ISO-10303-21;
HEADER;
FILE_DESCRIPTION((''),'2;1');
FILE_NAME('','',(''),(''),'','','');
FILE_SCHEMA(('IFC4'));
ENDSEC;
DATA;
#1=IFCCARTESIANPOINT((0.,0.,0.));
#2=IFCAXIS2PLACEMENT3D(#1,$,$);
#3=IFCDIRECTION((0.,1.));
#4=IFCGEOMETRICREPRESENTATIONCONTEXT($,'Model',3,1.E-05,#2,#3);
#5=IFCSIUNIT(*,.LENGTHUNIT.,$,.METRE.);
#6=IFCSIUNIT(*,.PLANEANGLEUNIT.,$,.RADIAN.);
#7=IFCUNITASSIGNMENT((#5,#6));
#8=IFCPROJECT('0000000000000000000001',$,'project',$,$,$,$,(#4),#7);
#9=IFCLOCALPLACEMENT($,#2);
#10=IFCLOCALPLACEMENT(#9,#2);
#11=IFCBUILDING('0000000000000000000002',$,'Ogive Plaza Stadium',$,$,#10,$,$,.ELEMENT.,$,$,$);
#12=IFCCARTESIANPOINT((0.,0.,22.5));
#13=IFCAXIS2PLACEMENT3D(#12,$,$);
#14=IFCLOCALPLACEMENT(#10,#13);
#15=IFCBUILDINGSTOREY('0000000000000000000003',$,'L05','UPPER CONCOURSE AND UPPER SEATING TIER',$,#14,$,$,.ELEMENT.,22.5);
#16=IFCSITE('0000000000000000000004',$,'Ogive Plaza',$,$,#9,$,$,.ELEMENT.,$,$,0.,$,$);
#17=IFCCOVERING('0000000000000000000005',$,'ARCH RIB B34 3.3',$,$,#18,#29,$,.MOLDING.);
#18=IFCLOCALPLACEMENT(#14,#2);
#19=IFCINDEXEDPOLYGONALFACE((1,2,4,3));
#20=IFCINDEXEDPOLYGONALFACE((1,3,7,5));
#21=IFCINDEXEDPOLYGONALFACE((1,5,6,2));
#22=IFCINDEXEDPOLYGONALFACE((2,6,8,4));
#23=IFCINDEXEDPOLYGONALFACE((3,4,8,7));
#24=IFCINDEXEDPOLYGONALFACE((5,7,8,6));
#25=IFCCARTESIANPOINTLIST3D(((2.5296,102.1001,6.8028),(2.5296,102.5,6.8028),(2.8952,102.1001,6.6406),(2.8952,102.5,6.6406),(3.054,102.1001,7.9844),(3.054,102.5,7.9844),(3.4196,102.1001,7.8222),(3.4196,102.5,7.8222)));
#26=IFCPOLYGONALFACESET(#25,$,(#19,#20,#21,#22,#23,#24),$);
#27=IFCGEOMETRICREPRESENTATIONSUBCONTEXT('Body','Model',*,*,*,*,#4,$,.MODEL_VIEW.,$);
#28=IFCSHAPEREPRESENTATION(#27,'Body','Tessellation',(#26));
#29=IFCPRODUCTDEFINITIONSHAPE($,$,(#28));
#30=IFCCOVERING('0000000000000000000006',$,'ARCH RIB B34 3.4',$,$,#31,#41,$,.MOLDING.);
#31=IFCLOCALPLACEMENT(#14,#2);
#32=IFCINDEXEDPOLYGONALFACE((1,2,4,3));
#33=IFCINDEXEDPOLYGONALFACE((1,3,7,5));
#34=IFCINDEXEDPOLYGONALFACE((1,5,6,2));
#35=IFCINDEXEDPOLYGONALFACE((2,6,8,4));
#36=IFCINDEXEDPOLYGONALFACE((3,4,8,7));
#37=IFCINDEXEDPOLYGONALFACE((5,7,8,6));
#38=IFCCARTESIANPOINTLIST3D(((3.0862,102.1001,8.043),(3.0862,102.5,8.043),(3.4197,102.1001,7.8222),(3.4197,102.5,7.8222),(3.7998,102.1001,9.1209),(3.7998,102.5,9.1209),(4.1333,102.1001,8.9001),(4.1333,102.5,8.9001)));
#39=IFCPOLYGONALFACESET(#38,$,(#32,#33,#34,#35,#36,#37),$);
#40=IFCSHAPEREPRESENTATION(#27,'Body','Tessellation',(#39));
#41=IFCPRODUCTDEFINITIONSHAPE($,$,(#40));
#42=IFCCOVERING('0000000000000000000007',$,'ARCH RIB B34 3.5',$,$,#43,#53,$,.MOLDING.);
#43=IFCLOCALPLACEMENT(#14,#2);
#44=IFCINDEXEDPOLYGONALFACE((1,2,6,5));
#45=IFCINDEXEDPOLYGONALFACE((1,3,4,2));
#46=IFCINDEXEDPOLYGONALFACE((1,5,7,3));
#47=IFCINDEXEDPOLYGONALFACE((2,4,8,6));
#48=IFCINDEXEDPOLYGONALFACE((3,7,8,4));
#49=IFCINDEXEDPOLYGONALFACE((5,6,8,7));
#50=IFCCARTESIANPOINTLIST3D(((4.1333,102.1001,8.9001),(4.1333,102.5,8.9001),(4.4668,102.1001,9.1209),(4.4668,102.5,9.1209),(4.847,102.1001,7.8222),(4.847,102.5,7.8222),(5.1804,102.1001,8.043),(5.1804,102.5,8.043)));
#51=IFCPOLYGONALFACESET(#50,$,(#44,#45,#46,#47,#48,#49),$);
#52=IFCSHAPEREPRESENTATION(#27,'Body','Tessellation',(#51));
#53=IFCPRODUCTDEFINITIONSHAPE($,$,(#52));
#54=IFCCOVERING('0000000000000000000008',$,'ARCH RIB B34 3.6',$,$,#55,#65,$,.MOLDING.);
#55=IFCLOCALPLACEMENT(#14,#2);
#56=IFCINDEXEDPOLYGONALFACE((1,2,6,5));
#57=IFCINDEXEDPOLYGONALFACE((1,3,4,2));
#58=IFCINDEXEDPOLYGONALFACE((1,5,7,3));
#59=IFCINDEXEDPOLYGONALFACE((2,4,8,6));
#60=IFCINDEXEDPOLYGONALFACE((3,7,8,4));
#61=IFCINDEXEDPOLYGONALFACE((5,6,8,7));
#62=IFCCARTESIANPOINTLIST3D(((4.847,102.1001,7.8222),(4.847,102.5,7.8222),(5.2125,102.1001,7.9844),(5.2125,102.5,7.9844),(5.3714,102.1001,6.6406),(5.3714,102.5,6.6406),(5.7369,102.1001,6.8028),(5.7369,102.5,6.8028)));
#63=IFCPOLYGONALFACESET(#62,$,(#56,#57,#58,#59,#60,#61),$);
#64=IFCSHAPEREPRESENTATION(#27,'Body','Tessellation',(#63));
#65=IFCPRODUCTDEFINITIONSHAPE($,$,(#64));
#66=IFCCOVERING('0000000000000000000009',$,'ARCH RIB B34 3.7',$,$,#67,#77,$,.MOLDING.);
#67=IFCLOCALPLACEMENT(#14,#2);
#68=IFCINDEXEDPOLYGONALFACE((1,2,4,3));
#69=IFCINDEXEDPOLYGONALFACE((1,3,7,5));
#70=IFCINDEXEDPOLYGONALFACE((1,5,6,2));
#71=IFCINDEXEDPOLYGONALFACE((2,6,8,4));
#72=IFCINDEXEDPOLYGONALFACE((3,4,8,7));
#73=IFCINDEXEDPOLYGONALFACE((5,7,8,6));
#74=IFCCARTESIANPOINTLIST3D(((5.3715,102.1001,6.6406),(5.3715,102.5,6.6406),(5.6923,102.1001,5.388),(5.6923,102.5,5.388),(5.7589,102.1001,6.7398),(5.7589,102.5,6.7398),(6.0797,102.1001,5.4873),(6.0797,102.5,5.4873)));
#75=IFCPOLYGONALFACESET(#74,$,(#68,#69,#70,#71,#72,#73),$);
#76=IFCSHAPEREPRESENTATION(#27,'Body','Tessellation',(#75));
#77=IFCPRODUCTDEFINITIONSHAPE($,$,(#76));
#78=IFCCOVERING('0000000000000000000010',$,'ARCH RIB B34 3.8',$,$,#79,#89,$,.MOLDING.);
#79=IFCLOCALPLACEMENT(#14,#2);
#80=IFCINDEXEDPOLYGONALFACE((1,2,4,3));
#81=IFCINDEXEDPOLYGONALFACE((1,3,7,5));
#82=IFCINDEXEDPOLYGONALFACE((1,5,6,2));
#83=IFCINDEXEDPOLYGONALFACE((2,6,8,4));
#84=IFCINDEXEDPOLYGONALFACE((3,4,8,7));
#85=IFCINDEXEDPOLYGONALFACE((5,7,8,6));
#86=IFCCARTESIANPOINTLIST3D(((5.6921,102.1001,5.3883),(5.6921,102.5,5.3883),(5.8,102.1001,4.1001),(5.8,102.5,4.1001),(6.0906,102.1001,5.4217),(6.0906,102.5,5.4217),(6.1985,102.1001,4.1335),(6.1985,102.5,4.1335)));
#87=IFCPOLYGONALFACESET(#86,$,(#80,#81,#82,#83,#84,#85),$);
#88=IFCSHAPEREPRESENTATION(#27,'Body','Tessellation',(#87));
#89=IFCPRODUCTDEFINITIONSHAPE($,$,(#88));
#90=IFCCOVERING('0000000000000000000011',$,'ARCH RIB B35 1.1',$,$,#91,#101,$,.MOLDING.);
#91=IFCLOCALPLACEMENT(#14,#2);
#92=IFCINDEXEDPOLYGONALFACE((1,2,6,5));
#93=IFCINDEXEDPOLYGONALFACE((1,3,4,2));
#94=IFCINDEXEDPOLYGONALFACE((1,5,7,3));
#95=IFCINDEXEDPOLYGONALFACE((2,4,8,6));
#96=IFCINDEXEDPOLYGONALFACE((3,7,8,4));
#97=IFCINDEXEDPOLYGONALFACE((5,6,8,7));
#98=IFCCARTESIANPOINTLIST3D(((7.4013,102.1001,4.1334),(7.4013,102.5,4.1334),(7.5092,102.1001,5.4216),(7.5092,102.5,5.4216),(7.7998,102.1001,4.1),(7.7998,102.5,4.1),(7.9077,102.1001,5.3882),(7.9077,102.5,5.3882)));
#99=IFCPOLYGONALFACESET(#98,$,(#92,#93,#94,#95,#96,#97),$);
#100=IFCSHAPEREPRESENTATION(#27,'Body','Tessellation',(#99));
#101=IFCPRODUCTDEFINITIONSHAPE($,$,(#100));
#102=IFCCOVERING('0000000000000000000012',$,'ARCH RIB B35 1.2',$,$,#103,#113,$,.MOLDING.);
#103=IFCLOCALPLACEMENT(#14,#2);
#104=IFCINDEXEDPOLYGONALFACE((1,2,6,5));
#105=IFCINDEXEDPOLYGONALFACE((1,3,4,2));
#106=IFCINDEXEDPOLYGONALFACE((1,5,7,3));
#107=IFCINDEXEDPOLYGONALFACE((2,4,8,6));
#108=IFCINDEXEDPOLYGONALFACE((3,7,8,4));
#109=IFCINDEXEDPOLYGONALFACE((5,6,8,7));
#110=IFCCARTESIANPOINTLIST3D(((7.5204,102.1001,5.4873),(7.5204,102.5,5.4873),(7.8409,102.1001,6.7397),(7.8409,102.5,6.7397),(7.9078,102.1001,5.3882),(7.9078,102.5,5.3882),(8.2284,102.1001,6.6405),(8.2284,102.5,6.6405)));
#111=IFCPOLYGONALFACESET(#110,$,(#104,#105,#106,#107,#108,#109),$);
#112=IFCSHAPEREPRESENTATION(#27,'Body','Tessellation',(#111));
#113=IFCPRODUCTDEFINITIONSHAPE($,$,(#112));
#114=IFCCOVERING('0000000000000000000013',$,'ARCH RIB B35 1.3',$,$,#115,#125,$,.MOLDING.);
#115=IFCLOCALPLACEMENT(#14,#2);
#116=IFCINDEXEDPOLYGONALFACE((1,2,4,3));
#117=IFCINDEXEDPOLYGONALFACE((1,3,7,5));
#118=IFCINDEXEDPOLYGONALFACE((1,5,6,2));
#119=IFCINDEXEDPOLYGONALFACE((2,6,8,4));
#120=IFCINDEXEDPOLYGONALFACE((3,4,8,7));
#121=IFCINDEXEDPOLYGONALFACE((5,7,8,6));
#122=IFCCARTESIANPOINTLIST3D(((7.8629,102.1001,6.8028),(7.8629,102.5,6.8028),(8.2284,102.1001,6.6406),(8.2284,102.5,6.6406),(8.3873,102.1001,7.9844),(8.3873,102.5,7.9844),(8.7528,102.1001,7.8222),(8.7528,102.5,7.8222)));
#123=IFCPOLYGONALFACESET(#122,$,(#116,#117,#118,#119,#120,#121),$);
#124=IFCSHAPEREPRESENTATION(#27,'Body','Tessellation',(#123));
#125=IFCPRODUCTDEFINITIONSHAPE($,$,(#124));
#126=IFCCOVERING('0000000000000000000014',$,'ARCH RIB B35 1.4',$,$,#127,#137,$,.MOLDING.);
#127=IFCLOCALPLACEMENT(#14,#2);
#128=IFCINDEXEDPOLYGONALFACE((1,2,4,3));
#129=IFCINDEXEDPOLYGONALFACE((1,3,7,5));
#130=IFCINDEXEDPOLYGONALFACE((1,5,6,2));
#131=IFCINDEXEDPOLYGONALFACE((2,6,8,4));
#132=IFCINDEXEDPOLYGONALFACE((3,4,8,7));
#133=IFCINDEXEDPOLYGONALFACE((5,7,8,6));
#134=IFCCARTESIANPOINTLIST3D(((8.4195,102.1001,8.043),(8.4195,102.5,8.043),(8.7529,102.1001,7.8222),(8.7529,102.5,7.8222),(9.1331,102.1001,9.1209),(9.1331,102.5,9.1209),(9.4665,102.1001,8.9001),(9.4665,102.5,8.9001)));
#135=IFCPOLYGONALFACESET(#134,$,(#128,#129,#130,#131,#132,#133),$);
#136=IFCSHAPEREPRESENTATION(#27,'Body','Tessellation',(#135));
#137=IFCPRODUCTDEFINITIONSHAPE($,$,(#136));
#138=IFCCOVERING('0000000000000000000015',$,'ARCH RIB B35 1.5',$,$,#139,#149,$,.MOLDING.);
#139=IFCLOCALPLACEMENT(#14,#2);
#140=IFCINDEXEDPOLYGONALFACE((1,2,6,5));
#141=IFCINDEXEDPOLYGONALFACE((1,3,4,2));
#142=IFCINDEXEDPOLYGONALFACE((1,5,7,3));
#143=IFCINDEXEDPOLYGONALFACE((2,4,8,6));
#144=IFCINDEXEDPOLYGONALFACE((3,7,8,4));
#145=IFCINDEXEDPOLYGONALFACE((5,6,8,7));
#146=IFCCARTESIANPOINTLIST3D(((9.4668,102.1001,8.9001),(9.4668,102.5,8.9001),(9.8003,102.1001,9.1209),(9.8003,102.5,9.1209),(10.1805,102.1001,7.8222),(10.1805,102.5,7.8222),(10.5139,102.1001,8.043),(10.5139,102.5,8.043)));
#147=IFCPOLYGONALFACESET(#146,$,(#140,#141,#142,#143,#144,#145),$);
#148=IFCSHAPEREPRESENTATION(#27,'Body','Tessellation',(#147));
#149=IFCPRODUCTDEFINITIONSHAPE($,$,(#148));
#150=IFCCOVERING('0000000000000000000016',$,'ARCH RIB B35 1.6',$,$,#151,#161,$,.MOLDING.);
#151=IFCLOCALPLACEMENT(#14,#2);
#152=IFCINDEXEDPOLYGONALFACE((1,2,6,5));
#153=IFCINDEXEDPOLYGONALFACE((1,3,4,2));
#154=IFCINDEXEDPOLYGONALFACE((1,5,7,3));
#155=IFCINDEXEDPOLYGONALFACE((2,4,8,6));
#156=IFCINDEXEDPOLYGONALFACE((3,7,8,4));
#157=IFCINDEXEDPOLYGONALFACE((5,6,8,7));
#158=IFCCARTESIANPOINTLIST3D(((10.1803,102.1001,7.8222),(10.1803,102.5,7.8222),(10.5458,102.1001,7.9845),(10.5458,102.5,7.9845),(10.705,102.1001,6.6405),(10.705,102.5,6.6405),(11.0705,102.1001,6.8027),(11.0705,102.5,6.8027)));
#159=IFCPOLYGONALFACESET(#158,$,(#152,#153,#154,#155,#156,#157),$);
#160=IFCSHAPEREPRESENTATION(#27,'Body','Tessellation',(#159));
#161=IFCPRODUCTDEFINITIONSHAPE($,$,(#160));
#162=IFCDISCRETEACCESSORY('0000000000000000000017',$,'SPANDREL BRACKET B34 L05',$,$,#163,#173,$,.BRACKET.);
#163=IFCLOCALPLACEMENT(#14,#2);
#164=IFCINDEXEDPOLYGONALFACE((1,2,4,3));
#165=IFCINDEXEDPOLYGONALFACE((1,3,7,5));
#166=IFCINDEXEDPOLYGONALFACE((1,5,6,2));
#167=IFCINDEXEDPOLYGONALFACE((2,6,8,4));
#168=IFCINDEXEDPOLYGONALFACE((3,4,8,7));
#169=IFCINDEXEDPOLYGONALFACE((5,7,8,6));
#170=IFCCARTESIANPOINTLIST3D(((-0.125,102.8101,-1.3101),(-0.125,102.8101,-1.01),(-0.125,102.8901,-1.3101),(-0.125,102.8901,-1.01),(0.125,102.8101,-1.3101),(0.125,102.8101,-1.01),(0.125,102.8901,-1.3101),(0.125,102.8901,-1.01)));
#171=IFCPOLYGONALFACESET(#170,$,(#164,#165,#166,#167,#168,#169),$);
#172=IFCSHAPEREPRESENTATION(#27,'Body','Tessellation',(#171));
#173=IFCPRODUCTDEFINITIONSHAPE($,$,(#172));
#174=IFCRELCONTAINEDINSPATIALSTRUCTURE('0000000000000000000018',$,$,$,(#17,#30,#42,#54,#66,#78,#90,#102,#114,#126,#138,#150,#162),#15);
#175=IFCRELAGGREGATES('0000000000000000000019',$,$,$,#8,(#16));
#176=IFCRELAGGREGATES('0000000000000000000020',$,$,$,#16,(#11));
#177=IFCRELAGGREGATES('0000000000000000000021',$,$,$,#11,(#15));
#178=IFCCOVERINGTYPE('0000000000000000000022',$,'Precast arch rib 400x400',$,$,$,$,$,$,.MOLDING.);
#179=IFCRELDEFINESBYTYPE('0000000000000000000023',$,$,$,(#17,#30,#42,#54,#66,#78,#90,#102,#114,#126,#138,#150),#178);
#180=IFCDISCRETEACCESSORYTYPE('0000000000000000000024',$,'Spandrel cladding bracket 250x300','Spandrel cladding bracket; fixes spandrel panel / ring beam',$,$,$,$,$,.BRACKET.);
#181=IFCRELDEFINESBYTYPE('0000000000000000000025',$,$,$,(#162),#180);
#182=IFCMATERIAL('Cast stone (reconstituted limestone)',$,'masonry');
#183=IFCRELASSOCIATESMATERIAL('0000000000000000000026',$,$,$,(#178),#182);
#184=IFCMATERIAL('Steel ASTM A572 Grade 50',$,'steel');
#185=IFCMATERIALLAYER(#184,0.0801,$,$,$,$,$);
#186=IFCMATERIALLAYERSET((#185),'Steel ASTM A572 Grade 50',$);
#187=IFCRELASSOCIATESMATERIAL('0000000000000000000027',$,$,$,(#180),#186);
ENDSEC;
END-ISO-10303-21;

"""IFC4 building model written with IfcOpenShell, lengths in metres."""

from ifc_helpers import new_model, si_unit, direction, frame, origin, origin_2d, place, context, subcontext, project, spatial, rectangle, extrude, material, layer, layer_set, material_profile, profile_set, type_object, element, save


model = new_model("IFC4")

# Units and contexts
model_context = context("Model", 3, precision=1e-05, world=origin(), true_north=direction((0.0, 1.0)))
body_context = subcontext(model_context, "Body", "Model", "MODEL_VIEW")
ifc_project = project(units=[si_unit("LENGTHUNIT", "METRE"), si_unit("PLANEANGLEUNIT", "RADIAN")], contexts=[model_context])

# Site, building, storey
site_placement = place(None, origin())
site = spatial("IfcSite", under=ifc_project, at=site_placement, Name="Ogive Plaza", CompositionType="ELEMENT", RefElevation=0.0)
building_placement = place(site_placement, origin())
building = spatial("IfcBuilding", under=site, at=building_placement, Name="Ogive Plaza Stadium", CompositionType="ELEMENT")
storey_placement = place(building_placement, frame((0.0, 0.0, 22.5)))
storey = spatial("IfcBuildingStorey", under=building, at=storey_placement, Name="L05", Description="UPPER CONCOURSE AND UPPER SEATING TIER", CompositionType="ELEMENT", Elevation=22.5)

# Coverings
ifc_material_1 = material(Name="Cast stone (reconstituted limestone)", Category="masonry")
ifc_material_profile_1 = material_profile(ifc_material_1, rectangle(XDim=0.3999, YDim=0.3999, at=origin_2d()), Name="Cast stone 400x400")
ifc_profile_set_1 = profile_set([ifc_material_profile_1], Name="Cast stone (reconstituted limestone)")
covering_type = type_object("IfcCoveringType", Name="Precast arch rib 400x400", PredefinedType="MOLDING", material=ifc_profile_set_1)
for number, where, z_axis, x_axis, name in (
    (1, (2.7124, 102.3, 6.7217), (0.405648, 0.0, 0.914029), (0.0, 1.0, 0.0), "ARCH RIB B34 3.3"),
    (2, (3.2529, 102.3, 7.9326), (0.552039, 0.0, 0.833818), (0.0, 1.0, 0.0), "ARCH RIB B34 3.4"),
    (3, (4.3, 102.3, 9.0105), (0.552039, 0.0, -0.833818), (0.0, 1.0, 0.0), "ARCH RIB B34 3.5"),
    (4, (5.0298, 102.3, 7.9033), (0.405648, 0.0, -0.914029), (0.0, 1.0, 0.0), "ARCH RIB B34 3.6"),
):
    element("IfcCovering", number, at=place(storey_placement, frame(where, z_axis=z_axis, x_axis=x_axis)), inside=storey, type_object=covering_type, Name=name, PredefinedType="MOLDING", context=body_context, shape_type="SweptSolid", body=[
        extrude(rectangle(XDim=0.3999, YDim=0.3999, at=origin_2d()), origin(), (0.0, 0.0, 1.0), 1.2927),
    ])
covering_1_placement = place(storey_placement, frame((5.5652, 102.3, 6.6902), z_axis=(0.24813, 0.0, -0.968727), x_axis=(0.0, 1.0, 0.0)))
element("IfcCovering", 5, at=covering_1_placement, inside=storey, type_object=covering_type, Name="ARCH RIB B34 3.7", PredefinedType="MOLDING", context=body_context, shape_type="SweptSolid", body=[
    extrude(rectangle(XDim=0.3999, YDim=0.3999, at=origin_2d()), origin(), (0.0, 0.0, 1.0), 1.293),
])
for number, where, z_axis, x_axis, name in (
    (6, (5.8914, 102.3, 5.405), (0.083467, 0.0, -0.996511), (0.0, 1.0, 0.0), "ARCH RIB B34 3.8"),
    (7, (7.6006, 102.3, 4.1167), (0.083467, 0.0, 0.996511), (0.0, 1.0, 0.0), "ARCH RIB B35 1.1"),
    (8, (7.7141, 102.3, 5.4377), (0.247953, 0.0, 0.968772), (0.0, 1.0, 0.0), "ARCH RIB B35 1.2"),
    (9, (8.0457, 102.3, 6.7217), (0.405648, 0.0, 0.914029), (0.0, 1.0, 0.0), "ARCH RIB B35 1.3"),
    (10, (8.5862, 102.3, 7.9326), (0.552039, 0.0, 0.833818), (0.0, 1.0, 0.0), "ARCH RIB B35 1.4"),
    (11, (9.6335, 102.3, 9.0105), (0.552039, 0.0, -0.833818), (0.0, 1.0, 0.0), "ARCH RIB B35 1.5"),
):
    element("IfcCovering", number, at=place(storey_placement, frame(where, z_axis=z_axis, x_axis=x_axis)), inside=storey, type_object=covering_type, Name=name, PredefinedType="MOLDING", context=body_context, shape_type="SweptSolid", body=[
        extrude(rectangle(XDim=0.3999, YDim=0.3999, at=origin_2d()), origin(), (0.0, 0.0, 1.0), 1.2927),
    ])
covering_2_placement = place(storey_placement, frame((10.363, 102.3, 7.9033), z_axis=(0.405806, 0.0, -0.913959), x_axis=(0.0, 1.0, 0.0)))
element("IfcCovering", 12, at=covering_2_placement, inside=storey, type_object=covering_type, Name="ARCH RIB B35 1.6", PredefinedType="MOLDING", context=body_context, shape_type="SweptSolid", body=[
    extrude(rectangle(XDim=0.3999, YDim=0.3999, at=origin_2d()), origin(), (0.0, 0.0, 1.0), 1.293),
])

# Discrete accessory
ifc_material_2 = material(Name="Steel ASTM A572 Grade 50", Category="steel")
ifc_layer_1 = layer(ifc_material_2, 0.0801)
ifc_layer_set_1 = layer_set([ifc_layer_1], Name="Steel ASTM A572 Grade 50")
discrete_accessory_type = type_object("IfcDiscreteAccessoryType", Name="Spandrel cladding bracket 250x300", Description="Spandrel cladding bracket; fixes spandrel panel / ring beam", PredefinedType="BRACKET", material=ifc_layer_set_1)
discrete_accessory_placement = place(storey_placement, frame((0.0, 102.8501, -1.3101), z_axis=(0.0, 0.0, 1.0), x_axis=(1.0, 0.0, 0.0)))
element("IfcDiscreteAccessory", 13, at=discrete_accessory_placement, inside=storey, type_object=discrete_accessory_type, Name="SPANDREL BRACKET B34 L05", PredefinedType="BRACKET", context=body_context, shape_type="SweptSolid", body=[
    extrude(rectangle(XDim=0.25, YDim=0.0801, at=origin_2d()), origin(), (0.0, 0.0, 1.0), 0.3),
])

save(model, "model.ifc")
